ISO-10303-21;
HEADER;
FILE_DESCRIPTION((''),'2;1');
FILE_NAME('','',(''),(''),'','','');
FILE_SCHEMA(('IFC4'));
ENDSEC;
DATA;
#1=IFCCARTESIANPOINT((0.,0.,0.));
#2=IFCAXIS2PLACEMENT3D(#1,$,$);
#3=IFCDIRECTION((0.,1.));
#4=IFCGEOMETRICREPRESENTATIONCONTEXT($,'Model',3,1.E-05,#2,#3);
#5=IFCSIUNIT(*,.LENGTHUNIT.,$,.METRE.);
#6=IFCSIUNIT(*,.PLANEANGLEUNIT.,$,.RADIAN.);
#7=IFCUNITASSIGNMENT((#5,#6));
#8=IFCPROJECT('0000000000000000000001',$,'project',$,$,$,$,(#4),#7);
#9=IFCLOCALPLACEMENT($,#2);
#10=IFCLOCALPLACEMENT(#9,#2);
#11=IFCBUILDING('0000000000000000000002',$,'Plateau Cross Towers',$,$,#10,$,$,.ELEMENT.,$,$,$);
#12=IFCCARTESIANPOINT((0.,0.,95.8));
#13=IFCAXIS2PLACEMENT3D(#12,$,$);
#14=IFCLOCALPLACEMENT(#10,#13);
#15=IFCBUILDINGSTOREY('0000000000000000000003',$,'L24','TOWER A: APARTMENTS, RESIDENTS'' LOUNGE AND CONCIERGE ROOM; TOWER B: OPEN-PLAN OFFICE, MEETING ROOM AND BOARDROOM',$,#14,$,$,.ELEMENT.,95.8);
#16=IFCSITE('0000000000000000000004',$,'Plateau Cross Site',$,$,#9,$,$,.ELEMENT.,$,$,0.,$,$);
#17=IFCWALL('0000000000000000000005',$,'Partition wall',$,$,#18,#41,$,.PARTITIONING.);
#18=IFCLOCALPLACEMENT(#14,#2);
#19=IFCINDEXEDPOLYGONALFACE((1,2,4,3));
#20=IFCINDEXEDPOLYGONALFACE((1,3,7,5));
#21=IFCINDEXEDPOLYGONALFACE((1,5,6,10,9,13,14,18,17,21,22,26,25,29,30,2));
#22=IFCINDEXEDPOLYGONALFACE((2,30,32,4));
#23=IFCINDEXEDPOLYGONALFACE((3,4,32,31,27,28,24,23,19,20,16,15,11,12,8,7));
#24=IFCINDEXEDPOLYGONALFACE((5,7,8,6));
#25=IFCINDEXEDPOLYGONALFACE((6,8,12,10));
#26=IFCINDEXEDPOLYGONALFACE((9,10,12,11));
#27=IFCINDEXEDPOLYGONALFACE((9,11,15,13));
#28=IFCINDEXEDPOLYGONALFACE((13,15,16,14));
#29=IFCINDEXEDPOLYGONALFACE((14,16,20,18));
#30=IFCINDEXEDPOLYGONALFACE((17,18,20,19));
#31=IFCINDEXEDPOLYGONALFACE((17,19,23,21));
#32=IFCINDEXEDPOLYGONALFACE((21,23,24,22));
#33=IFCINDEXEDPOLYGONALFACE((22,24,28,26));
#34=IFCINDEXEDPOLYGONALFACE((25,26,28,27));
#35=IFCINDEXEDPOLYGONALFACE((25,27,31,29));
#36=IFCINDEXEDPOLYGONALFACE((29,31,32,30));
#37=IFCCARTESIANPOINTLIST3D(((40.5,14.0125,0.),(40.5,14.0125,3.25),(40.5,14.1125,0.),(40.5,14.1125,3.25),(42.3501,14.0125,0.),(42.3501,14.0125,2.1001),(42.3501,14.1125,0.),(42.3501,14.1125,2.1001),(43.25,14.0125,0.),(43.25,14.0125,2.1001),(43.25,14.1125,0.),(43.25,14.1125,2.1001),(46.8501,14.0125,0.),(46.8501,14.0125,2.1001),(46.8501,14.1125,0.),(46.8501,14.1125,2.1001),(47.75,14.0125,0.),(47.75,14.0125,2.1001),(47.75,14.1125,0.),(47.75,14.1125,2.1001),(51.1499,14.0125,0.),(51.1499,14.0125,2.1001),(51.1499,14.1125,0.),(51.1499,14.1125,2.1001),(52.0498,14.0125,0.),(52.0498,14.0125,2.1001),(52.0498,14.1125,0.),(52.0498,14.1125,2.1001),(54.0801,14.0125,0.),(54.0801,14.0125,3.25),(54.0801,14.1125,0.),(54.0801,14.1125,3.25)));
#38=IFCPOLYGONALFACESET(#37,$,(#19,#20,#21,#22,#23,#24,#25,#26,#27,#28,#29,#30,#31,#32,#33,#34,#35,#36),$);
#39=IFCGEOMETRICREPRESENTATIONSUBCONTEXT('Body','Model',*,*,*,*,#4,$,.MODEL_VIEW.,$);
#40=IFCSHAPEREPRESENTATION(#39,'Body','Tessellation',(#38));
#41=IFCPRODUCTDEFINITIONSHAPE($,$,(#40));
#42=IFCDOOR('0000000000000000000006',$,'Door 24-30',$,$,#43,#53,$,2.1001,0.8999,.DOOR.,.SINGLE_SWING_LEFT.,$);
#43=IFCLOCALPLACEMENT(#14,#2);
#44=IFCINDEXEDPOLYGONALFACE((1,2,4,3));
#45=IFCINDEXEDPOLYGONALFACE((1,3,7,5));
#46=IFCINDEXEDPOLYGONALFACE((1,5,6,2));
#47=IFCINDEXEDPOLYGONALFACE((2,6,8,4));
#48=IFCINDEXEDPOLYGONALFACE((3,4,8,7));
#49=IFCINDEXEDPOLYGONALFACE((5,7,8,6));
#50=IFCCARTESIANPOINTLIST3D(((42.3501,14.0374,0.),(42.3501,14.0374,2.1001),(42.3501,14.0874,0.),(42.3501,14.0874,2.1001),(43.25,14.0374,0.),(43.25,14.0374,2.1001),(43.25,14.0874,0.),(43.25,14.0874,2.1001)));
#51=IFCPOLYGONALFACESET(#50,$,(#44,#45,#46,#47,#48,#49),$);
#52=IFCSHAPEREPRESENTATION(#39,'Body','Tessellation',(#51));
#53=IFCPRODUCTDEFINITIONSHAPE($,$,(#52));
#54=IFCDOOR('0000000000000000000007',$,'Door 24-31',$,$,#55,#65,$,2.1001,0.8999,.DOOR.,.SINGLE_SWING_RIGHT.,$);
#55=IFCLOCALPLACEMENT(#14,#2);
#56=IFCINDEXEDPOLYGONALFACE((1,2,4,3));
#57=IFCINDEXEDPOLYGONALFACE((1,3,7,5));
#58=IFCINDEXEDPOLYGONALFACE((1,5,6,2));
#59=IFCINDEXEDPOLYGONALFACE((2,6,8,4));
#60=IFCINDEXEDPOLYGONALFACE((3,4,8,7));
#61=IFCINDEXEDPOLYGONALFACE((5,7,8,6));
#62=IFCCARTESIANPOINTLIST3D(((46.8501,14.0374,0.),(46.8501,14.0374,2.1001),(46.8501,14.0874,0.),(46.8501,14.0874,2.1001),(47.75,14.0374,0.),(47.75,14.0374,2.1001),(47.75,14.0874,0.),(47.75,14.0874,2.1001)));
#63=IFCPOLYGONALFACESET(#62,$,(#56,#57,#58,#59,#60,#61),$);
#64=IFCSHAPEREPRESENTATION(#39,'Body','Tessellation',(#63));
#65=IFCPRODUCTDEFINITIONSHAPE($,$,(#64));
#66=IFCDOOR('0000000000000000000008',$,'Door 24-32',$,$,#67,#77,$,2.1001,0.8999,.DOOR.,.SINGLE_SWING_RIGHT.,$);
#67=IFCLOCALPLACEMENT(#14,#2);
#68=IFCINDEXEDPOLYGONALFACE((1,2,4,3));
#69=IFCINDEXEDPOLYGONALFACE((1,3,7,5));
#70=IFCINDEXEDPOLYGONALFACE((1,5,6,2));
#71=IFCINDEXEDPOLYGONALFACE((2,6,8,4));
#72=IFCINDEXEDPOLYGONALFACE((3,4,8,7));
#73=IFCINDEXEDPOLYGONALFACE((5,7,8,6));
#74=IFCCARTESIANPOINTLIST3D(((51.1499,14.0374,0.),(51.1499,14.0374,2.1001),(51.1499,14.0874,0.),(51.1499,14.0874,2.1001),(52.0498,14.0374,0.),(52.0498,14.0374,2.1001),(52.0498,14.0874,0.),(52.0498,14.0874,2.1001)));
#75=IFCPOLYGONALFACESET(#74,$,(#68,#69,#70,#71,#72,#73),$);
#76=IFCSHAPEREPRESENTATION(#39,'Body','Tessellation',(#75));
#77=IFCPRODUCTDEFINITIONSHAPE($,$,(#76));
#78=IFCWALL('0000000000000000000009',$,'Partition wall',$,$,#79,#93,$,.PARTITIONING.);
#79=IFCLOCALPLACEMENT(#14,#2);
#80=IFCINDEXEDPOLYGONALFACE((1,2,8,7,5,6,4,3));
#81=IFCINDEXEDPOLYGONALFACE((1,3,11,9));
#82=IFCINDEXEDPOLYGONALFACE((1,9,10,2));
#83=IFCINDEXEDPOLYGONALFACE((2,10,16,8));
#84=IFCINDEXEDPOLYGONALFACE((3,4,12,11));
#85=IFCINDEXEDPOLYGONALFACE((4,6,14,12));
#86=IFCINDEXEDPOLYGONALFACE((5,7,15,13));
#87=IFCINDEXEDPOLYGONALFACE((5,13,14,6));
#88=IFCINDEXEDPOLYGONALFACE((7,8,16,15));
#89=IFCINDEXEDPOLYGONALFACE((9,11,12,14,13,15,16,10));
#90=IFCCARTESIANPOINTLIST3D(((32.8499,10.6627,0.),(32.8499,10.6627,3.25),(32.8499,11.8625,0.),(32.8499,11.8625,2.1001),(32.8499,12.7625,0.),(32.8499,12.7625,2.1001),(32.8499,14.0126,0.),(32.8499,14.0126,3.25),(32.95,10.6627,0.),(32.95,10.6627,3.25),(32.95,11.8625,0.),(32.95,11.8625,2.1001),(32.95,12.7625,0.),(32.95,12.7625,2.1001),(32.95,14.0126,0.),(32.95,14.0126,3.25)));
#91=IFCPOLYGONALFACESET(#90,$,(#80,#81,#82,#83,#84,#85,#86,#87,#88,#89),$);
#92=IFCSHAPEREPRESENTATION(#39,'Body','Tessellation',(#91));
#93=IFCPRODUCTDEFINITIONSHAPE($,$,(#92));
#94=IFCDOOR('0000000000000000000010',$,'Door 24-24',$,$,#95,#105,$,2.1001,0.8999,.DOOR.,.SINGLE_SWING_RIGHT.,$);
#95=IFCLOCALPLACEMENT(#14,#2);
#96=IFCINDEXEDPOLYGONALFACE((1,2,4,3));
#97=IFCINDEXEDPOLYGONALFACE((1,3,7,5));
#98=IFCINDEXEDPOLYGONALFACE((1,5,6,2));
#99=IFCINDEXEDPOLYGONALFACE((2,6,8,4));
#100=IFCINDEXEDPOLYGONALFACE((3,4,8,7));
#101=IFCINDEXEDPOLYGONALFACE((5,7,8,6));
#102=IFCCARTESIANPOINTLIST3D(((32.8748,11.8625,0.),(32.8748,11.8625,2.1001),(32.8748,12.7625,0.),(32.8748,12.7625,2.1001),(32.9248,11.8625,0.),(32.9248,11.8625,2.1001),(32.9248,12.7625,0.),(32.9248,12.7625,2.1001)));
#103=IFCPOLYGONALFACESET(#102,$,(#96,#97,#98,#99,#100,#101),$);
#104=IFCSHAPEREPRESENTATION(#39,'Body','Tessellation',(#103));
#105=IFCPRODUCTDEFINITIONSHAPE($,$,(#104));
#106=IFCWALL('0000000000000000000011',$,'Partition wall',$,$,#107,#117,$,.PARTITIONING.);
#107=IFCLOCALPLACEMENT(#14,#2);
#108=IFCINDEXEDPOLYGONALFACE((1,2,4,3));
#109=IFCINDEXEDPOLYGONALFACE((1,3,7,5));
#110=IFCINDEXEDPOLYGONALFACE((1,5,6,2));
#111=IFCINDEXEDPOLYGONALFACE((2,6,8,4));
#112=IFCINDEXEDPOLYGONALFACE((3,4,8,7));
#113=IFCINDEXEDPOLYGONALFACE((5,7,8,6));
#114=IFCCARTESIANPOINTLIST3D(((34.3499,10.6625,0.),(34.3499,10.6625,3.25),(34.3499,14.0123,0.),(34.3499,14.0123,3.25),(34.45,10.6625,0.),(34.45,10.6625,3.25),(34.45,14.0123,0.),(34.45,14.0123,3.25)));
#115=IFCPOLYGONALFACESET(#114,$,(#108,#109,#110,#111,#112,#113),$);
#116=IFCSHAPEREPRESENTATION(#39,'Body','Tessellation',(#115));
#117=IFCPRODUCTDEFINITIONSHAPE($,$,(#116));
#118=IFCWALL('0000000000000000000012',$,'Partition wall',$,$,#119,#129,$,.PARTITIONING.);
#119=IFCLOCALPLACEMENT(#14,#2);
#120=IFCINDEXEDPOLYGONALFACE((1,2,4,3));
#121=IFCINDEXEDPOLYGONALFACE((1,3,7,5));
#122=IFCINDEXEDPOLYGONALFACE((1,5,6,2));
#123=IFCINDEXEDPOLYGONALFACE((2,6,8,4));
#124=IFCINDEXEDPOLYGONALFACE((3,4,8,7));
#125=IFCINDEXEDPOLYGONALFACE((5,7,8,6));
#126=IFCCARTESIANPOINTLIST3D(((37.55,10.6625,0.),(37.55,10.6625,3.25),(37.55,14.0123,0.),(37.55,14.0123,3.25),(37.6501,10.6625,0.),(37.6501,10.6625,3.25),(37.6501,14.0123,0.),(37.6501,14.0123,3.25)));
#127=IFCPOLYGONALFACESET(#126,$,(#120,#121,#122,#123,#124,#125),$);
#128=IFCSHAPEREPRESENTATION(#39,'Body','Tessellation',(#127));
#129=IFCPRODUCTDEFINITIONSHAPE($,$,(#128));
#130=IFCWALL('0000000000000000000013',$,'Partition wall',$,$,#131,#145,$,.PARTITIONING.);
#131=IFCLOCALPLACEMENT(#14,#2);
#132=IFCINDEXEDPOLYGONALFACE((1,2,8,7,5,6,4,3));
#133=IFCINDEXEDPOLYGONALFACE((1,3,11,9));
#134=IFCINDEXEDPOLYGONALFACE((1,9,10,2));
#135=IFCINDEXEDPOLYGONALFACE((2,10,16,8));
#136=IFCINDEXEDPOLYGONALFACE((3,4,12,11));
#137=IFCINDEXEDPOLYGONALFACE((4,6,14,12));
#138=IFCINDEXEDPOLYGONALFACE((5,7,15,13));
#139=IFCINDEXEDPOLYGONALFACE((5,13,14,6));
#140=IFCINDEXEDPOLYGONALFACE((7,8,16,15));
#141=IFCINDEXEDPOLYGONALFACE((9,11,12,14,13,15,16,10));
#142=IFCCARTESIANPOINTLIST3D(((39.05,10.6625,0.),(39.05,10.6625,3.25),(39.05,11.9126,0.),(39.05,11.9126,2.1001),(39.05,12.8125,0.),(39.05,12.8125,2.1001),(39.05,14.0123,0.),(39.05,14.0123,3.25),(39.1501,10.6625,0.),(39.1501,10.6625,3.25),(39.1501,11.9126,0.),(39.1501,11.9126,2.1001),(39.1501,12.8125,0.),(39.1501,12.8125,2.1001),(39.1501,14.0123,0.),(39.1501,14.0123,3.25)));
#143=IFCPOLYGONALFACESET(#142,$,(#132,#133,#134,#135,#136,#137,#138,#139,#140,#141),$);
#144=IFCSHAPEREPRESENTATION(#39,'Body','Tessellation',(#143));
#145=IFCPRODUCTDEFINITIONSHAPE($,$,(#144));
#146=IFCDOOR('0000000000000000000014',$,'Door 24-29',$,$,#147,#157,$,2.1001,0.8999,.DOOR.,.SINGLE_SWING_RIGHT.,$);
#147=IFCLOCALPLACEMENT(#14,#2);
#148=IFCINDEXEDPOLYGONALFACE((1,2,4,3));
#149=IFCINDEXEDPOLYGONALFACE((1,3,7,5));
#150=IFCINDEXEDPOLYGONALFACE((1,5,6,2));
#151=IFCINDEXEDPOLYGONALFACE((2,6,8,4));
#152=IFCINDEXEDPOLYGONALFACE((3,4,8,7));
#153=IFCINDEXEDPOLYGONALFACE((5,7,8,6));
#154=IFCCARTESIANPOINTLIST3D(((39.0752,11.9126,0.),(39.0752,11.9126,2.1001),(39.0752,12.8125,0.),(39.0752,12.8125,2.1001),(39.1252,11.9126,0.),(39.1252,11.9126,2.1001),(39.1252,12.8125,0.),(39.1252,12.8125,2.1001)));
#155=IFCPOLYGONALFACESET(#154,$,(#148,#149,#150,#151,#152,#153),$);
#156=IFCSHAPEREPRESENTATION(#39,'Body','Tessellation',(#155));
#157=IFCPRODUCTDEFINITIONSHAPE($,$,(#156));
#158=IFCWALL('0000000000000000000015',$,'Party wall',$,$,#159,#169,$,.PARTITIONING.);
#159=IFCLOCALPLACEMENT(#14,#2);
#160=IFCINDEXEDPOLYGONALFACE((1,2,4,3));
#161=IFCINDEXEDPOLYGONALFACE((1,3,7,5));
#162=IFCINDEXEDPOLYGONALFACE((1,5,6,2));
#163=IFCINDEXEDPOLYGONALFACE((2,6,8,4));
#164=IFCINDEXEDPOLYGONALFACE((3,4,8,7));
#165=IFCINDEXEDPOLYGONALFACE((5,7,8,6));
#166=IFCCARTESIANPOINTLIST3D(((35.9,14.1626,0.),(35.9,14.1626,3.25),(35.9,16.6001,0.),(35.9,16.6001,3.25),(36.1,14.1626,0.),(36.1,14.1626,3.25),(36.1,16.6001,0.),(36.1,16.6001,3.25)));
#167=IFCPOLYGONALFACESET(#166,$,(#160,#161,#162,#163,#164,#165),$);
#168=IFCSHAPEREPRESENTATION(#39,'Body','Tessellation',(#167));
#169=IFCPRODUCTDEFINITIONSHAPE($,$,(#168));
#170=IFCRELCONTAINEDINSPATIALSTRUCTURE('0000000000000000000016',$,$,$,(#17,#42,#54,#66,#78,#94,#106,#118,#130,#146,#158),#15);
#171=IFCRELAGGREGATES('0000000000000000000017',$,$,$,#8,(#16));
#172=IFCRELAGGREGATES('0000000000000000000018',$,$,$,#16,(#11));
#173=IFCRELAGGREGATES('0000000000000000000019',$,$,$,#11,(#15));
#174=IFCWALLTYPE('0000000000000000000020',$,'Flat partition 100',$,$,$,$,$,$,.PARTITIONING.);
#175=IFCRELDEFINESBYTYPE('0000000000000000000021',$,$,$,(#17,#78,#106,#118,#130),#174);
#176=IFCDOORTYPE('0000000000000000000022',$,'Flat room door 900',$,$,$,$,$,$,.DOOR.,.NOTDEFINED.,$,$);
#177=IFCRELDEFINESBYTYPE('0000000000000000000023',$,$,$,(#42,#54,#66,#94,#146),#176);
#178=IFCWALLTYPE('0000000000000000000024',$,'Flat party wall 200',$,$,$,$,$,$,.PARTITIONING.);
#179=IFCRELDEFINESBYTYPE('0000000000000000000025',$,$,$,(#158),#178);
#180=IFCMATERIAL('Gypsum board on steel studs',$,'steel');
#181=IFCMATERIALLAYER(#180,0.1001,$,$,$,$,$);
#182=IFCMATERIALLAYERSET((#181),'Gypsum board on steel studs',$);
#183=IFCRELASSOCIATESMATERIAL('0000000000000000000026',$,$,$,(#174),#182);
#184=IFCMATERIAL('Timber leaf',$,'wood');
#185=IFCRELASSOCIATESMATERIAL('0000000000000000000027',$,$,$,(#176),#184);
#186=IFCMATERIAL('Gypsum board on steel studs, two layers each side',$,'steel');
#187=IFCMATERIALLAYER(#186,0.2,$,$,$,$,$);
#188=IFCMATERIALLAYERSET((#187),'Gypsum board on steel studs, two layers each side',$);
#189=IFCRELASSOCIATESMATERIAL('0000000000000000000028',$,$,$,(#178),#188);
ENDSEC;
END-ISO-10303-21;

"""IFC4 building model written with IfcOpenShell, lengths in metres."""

from ifc_helpers import new_model, si_unit, direction, frame, frame_2d, origin, place, context, subcontext, project, spatial, rectangle, extrude, material, layer, layer_set, type_object, element, fill, save


model = new_model("IFC4")

# Units and contexts
model_context = context("Model", 3, precision=1e-05, world=origin(), true_north=direction((0.0, 1.0)))
body_context = subcontext(model_context, "Body", "Model", "MODEL_VIEW")
ifc_project = project(units=[si_unit("LENGTHUNIT", "METRE"), si_unit("PLANEANGLEUNIT", "RADIAN")], contexts=[model_context])

# Site, building, storey
site_placement = place(None, origin())
site = spatial("IfcSite", under=ifc_project, at=site_placement, Name="Plateau Cross Site", CompositionType="ELEMENT", RefElevation=0.0)
building_placement = place(site_placement, origin())
building = spatial("IfcBuilding", under=site, at=building_placement, Name="Plateau Cross Towers", CompositionType="ELEMENT")
storey_placement = place(building_placement, frame((0.0, 0.0, 95.8)))
storey = spatial("IfcBuildingStorey", under=building, at=storey_placement, Name="L24", Description="TOWER A: APARTMENTS, RESIDENTS' LOUNGE AND CONCIERGE ROOM; TOWER B: OPEN-PLAN OFFICE, MEETING ROOM AND BOARDROOM", CompositionType="ELEMENT", Elevation=95.8)

# Shared definitions
ifc_material_1 = material(Name="Gypsum board on steel studs", Category="steel")
ifc_layer_1 = layer(ifc_material_1, 0.1001)
ifc_layer_set_1 = layer_set([ifc_layer_1], Name="Gypsum board on steel studs")
wall_type_1 = type_object("IfcWallType", Name="Flat partition 100", PredefinedType="PARTITIONING", material=ifc_layer_set_1)
ifc_material_2 = material(Name="Timber leaf", Category="wood")
door_type = type_object("IfcDoorType", Name="Flat room door 900", OperationType="NOTDEFINED", PredefinedType="DOOR", material=ifc_material_2)

# Wall, openings, doors
wall_1_placement = place(storey_placement, frame((40.5, 14.0625, 0.0), z_axis=(0.0, 0.0, 1.0), x_axis=(1.0, 0.0, 0.0)))
wall_1 = element("IfcWall", 1, at=wall_1_placement, inside=storey, type_object=wall_type_1, Name="Partition wall", PredefinedType="PARTITIONING", context=body_context, shape_type="SweptSolid", body=[
    extrude(rectangle(XDim=13.5801, YDim=0.1001, at=frame_2d((6.79, 0.0))), origin(), (0.0, 0.0, 1.0), 3.25),
])
opening_1_placement = place(wall_1_placement, frame((1.8501, 0.0, 0.0)))
opening_1 = element("IfcOpeningElement", 2, at=opening_1_placement, cuts=wall_1, PredefinedType="OPENING", context=body_context, shape_type="SweptSolid", body=[
    extrude(rectangle(XDim=0.8999, YDim=2.1001, at=frame_2d((0.45, 1.05))), frame((0.0, 0.0601, 0.0), z_axis=(0.0, -1.0, 0.0), x_axis=(1.0, 0.0, 0.0)), (0.0, 0.0, 1.0), 0.1201),
])
opening_2_placement = place(wall_1_placement, frame((6.3501, 0.0, 0.0)))
opening_2 = element("IfcOpeningElement", 3, at=opening_2_placement, cuts=wall_1, PredefinedType="OPENING", context=body_context, shape_type="SweptSolid", body=[
    extrude(rectangle(XDim=0.8999, YDim=2.1001, at=frame_2d((0.45, 1.05))), frame((0.0, 0.0601, 0.0), z_axis=(0.0, -1.0, 0.0), x_axis=(1.0, 0.0, 0.0)), (0.0, 0.0, 1.0), 0.1201),
])
opening_3_placement = place(wall_1_placement, frame((10.6499, 0.0, 0.0)))
opening_3 = element("IfcOpeningElement", 4, at=opening_3_placement, cuts=wall_1, PredefinedType="OPENING", context=body_context, shape_type="SweptSolid", body=[
    extrude(rectangle(XDim=0.8999, YDim=2.1001, at=frame_2d((0.45, 1.05))), frame((0.0, 0.0601, 0.0), z_axis=(0.0, -1.0, 0.0), x_axis=(1.0, 0.0, 0.0)), (0.0, 0.0, 1.0), 0.1201),
])
door_1_placement = place(opening_1_placement, origin())
door_1 = element("IfcDoor", 5, at=door_1_placement, inside=storey, type_object=door_type, Name="Door 24-30", OperationType="SINGLE_SWING_LEFT", OverallHeight=2.1001, OverallWidth=0.8999, PredefinedType="DOOR", context=body_context, shape_type="SweptSolid", body=[
    extrude(rectangle(XDim=0.8999, YDim=2.1001, at=frame_2d((0.45, 1.05))), frame((0.0, 0.0249, 0.0), z_axis=(0.0, -1.0, 0.0), x_axis=(1.0, 0.0, 0.0)), (0.0, 0.0, 1.0), 0.05),
])
fill(opening_1, door_1)
door_2_placement = place(opening_2_placement, origin())
door_2 = element("IfcDoor", 6, at=door_2_placement, inside=storey, type_object=door_type, Name="Door 24-31", OperationType="SINGLE_SWING_RIGHT", OverallHeight=2.1001, OverallWidth=0.8999, PredefinedType="DOOR", context=body_context, shape_type="SweptSolid", body=[
    extrude(rectangle(XDim=0.8999, YDim=2.1001, at=frame_2d((0.45, 1.05))), frame((0.0, 0.0249, 0.0), z_axis=(0.0, -1.0, 0.0), x_axis=(1.0, 0.0, 0.0)), (0.0, 0.0, 1.0), 0.05),
])
fill(opening_2, door_2)
door_3_placement = place(opening_3_placement, origin())
door_3 = element("IfcDoor", 7, at=door_3_placement, inside=storey, type_object=door_type, Name="Door 24-32", OperationType="SINGLE_SWING_RIGHT", OverallHeight=2.1001, OverallWidth=0.8999, PredefinedType="DOOR", context=body_context, shape_type="SweptSolid", body=[
    extrude(rectangle(XDim=0.8999, YDim=2.1001, at=frame_2d((0.45, 1.05))), frame((0.0, 0.0249, 0.0), z_axis=(0.0, -1.0, 0.0), x_axis=(1.0, 0.0, 0.0)), (0.0, 0.0, 1.0), 0.05),
])
fill(opening_3, door_3)

# Wall, opening, door
wall_2_placement = place(storey_placement, frame((32.8999, 14.0125, 0.0), z_axis=(0.0, 0.0, 1.0), x_axis=(0.0, -1.0, 0.0)))
wall_2 = element("IfcWall", 8, at=wall_2_placement, inside=storey, type_object=wall_type_1, Name="Partition wall", PredefinedType="PARTITIONING", context=body_context, shape_type="SweptSolid", body=[
    extrude(rectangle(XDim=3.3499, YDim=0.1001, at=frame_2d((1.6748, 0.0))), origin(), (0.0, 0.0, 1.0), 3.25),
])
opening_4_placement = place(wall_2_placement, frame((1.25, 0.0, 0.0)))
opening_4 = element("IfcOpeningElement", 9, at=opening_4_placement, cuts=wall_2, PredefinedType="OPENING", context=body_context, shape_type="SweptSolid", body=[
    extrude(rectangle(XDim=0.8999, YDim=2.1001, at=frame_2d((0.45, 1.05))), frame((0.0, 0.0601, 0.0), z_axis=(0.0, -1.0, 0.0), x_axis=(1.0, 0.0, 0.0)), (0.0, 0.0, 1.0), 0.1201),
])
door_4_placement = place(opening_4_placement, origin())
door_4 = element("IfcDoor", 10, at=door_4_placement, inside=storey, type_object=door_type, Name="Door 24-24", OperationType="SINGLE_SWING_RIGHT", OverallHeight=2.1001, OverallWidth=0.8999, PredefinedType="DOOR", context=body_context, shape_type="SweptSolid", body=[
    extrude(rectangle(XDim=0.8999, YDim=2.1001, at=frame_2d((0.45, 1.05))), frame((0.0, 0.0249, 0.0), z_axis=(0.0, -1.0, 0.0), x_axis=(1.0, 0.0, 0.0)), (0.0, 0.0, 1.0), 0.05),
])
fill(opening_4, door_4)

# Walls
for number, where, z_axis, x_axis, name in (
    (11, (34.3999, 10.6626, 0.0), (0.0, 0.0, 1.0), (0.0, 1.0, 0.0), "Partition wall"),
    (12, (37.6001, 10.6626, 0.0), (0.0, 0.0, 1.0), (0.0, 1.0, 0.0), "Partition wall"),
):
    element("IfcWall", number, at=place(storey_placement, frame(where, z_axis=z_axis, x_axis=x_axis)), inside=storey, type_object=wall_type_1, Name=name, PredefinedType="PARTITIONING", context=body_context, shape_type="SweptSolid", body=[
        extrude(rectangle(XDim=3.3499, YDim=0.1001, at=frame_2d((1.6748, 0.0))), origin(), (0.0, 0.0, 1.0), 3.25),
    ])

# Wall, opening, door
wall_3_placement = place(storey_placement, frame((39.1001, 10.6626, 0.0), z_axis=(0.0, 0.0, 1.0), x_axis=(0.0, 1.0, 0.0)))
wall_3 = element("IfcWall", 13, at=wall_3_placement, inside=storey, type_object=wall_type_1, Name="Partition wall", PredefinedType="PARTITIONING", context=body_context, shape_type="SweptSolid", body=[
    extrude(rectangle(XDim=3.3499, YDim=0.1001, at=frame_2d((1.6748, 0.0))), origin(), (0.0, 0.0, 1.0), 3.25),
])
opening_5_placement = place(wall_3_placement, frame((1.25, 0.0, 0.0)))
opening_5 = element("IfcOpeningElement", 14, at=opening_5_placement, cuts=wall_3, PredefinedType="OPENING", context=body_context, shape_type="SweptSolid", body=[
    extrude(rectangle(XDim=0.8999, YDim=2.1001, at=frame_2d((0.45, 1.05))), frame((0.0, 0.0601, 0.0), z_axis=(0.0, -1.0, 0.0), x_axis=(1.0, 0.0, 0.0)), (0.0, 0.0, 1.0), 0.1201),
])
door_5_placement = place(opening_5_placement, origin())
door_5 = element("IfcDoor", 15, at=door_5_placement, inside=storey, type_object=door_type, Name="Door 24-29", OperationType="SINGLE_SWING_RIGHT", OverallHeight=2.1001, OverallWidth=0.8999, PredefinedType="DOOR", context=body_context, shape_type="SweptSolid", body=[
    extrude(rectangle(XDim=0.8999, YDim=2.1001, at=frame_2d((0.45, 1.05))), frame((0.0, 0.0249, 0.0), z_axis=(0.0, -1.0, 0.0), x_axis=(1.0, 0.0, 0.0)), (0.0, 0.0, 1.0), 0.05),
])
fill(opening_5, door_5)

# Wall
ifc_material_3 = material(Name="Gypsum board on steel studs, two layers each side", Category="steel")
ifc_layer_2 = layer(ifc_material_3, 0.2)
ifc_layer_set_2 = layer_set([ifc_layer_2], Name="Gypsum board on steel studs, two layers each side")
wall_type_2 = type_object("IfcWallType", Name="Flat party wall 200", PredefinedType="PARTITIONING", material=ifc_layer_set_2)
wall_4_placement = place(storey_placement, frame((36.0, 16.6001, 0.0), z_axis=(0.0, 0.0, 1.0), x_axis=(0.0, -1.0, 0.0)))
element("IfcWall", 16, at=wall_4_placement, inside=storey, type_object=wall_type_2, Name="Party wall", PredefinedType="PARTITIONING", context=body_context, shape_type="SweptSolid", body=[
    extrude(rectangle(XDim=2.4375, YDim=0.2, at=frame_2d((1.2188, 0.0))), origin(), (0.0, 0.0, 1.0), 3.25),
])

save(model, "model.ifc")
